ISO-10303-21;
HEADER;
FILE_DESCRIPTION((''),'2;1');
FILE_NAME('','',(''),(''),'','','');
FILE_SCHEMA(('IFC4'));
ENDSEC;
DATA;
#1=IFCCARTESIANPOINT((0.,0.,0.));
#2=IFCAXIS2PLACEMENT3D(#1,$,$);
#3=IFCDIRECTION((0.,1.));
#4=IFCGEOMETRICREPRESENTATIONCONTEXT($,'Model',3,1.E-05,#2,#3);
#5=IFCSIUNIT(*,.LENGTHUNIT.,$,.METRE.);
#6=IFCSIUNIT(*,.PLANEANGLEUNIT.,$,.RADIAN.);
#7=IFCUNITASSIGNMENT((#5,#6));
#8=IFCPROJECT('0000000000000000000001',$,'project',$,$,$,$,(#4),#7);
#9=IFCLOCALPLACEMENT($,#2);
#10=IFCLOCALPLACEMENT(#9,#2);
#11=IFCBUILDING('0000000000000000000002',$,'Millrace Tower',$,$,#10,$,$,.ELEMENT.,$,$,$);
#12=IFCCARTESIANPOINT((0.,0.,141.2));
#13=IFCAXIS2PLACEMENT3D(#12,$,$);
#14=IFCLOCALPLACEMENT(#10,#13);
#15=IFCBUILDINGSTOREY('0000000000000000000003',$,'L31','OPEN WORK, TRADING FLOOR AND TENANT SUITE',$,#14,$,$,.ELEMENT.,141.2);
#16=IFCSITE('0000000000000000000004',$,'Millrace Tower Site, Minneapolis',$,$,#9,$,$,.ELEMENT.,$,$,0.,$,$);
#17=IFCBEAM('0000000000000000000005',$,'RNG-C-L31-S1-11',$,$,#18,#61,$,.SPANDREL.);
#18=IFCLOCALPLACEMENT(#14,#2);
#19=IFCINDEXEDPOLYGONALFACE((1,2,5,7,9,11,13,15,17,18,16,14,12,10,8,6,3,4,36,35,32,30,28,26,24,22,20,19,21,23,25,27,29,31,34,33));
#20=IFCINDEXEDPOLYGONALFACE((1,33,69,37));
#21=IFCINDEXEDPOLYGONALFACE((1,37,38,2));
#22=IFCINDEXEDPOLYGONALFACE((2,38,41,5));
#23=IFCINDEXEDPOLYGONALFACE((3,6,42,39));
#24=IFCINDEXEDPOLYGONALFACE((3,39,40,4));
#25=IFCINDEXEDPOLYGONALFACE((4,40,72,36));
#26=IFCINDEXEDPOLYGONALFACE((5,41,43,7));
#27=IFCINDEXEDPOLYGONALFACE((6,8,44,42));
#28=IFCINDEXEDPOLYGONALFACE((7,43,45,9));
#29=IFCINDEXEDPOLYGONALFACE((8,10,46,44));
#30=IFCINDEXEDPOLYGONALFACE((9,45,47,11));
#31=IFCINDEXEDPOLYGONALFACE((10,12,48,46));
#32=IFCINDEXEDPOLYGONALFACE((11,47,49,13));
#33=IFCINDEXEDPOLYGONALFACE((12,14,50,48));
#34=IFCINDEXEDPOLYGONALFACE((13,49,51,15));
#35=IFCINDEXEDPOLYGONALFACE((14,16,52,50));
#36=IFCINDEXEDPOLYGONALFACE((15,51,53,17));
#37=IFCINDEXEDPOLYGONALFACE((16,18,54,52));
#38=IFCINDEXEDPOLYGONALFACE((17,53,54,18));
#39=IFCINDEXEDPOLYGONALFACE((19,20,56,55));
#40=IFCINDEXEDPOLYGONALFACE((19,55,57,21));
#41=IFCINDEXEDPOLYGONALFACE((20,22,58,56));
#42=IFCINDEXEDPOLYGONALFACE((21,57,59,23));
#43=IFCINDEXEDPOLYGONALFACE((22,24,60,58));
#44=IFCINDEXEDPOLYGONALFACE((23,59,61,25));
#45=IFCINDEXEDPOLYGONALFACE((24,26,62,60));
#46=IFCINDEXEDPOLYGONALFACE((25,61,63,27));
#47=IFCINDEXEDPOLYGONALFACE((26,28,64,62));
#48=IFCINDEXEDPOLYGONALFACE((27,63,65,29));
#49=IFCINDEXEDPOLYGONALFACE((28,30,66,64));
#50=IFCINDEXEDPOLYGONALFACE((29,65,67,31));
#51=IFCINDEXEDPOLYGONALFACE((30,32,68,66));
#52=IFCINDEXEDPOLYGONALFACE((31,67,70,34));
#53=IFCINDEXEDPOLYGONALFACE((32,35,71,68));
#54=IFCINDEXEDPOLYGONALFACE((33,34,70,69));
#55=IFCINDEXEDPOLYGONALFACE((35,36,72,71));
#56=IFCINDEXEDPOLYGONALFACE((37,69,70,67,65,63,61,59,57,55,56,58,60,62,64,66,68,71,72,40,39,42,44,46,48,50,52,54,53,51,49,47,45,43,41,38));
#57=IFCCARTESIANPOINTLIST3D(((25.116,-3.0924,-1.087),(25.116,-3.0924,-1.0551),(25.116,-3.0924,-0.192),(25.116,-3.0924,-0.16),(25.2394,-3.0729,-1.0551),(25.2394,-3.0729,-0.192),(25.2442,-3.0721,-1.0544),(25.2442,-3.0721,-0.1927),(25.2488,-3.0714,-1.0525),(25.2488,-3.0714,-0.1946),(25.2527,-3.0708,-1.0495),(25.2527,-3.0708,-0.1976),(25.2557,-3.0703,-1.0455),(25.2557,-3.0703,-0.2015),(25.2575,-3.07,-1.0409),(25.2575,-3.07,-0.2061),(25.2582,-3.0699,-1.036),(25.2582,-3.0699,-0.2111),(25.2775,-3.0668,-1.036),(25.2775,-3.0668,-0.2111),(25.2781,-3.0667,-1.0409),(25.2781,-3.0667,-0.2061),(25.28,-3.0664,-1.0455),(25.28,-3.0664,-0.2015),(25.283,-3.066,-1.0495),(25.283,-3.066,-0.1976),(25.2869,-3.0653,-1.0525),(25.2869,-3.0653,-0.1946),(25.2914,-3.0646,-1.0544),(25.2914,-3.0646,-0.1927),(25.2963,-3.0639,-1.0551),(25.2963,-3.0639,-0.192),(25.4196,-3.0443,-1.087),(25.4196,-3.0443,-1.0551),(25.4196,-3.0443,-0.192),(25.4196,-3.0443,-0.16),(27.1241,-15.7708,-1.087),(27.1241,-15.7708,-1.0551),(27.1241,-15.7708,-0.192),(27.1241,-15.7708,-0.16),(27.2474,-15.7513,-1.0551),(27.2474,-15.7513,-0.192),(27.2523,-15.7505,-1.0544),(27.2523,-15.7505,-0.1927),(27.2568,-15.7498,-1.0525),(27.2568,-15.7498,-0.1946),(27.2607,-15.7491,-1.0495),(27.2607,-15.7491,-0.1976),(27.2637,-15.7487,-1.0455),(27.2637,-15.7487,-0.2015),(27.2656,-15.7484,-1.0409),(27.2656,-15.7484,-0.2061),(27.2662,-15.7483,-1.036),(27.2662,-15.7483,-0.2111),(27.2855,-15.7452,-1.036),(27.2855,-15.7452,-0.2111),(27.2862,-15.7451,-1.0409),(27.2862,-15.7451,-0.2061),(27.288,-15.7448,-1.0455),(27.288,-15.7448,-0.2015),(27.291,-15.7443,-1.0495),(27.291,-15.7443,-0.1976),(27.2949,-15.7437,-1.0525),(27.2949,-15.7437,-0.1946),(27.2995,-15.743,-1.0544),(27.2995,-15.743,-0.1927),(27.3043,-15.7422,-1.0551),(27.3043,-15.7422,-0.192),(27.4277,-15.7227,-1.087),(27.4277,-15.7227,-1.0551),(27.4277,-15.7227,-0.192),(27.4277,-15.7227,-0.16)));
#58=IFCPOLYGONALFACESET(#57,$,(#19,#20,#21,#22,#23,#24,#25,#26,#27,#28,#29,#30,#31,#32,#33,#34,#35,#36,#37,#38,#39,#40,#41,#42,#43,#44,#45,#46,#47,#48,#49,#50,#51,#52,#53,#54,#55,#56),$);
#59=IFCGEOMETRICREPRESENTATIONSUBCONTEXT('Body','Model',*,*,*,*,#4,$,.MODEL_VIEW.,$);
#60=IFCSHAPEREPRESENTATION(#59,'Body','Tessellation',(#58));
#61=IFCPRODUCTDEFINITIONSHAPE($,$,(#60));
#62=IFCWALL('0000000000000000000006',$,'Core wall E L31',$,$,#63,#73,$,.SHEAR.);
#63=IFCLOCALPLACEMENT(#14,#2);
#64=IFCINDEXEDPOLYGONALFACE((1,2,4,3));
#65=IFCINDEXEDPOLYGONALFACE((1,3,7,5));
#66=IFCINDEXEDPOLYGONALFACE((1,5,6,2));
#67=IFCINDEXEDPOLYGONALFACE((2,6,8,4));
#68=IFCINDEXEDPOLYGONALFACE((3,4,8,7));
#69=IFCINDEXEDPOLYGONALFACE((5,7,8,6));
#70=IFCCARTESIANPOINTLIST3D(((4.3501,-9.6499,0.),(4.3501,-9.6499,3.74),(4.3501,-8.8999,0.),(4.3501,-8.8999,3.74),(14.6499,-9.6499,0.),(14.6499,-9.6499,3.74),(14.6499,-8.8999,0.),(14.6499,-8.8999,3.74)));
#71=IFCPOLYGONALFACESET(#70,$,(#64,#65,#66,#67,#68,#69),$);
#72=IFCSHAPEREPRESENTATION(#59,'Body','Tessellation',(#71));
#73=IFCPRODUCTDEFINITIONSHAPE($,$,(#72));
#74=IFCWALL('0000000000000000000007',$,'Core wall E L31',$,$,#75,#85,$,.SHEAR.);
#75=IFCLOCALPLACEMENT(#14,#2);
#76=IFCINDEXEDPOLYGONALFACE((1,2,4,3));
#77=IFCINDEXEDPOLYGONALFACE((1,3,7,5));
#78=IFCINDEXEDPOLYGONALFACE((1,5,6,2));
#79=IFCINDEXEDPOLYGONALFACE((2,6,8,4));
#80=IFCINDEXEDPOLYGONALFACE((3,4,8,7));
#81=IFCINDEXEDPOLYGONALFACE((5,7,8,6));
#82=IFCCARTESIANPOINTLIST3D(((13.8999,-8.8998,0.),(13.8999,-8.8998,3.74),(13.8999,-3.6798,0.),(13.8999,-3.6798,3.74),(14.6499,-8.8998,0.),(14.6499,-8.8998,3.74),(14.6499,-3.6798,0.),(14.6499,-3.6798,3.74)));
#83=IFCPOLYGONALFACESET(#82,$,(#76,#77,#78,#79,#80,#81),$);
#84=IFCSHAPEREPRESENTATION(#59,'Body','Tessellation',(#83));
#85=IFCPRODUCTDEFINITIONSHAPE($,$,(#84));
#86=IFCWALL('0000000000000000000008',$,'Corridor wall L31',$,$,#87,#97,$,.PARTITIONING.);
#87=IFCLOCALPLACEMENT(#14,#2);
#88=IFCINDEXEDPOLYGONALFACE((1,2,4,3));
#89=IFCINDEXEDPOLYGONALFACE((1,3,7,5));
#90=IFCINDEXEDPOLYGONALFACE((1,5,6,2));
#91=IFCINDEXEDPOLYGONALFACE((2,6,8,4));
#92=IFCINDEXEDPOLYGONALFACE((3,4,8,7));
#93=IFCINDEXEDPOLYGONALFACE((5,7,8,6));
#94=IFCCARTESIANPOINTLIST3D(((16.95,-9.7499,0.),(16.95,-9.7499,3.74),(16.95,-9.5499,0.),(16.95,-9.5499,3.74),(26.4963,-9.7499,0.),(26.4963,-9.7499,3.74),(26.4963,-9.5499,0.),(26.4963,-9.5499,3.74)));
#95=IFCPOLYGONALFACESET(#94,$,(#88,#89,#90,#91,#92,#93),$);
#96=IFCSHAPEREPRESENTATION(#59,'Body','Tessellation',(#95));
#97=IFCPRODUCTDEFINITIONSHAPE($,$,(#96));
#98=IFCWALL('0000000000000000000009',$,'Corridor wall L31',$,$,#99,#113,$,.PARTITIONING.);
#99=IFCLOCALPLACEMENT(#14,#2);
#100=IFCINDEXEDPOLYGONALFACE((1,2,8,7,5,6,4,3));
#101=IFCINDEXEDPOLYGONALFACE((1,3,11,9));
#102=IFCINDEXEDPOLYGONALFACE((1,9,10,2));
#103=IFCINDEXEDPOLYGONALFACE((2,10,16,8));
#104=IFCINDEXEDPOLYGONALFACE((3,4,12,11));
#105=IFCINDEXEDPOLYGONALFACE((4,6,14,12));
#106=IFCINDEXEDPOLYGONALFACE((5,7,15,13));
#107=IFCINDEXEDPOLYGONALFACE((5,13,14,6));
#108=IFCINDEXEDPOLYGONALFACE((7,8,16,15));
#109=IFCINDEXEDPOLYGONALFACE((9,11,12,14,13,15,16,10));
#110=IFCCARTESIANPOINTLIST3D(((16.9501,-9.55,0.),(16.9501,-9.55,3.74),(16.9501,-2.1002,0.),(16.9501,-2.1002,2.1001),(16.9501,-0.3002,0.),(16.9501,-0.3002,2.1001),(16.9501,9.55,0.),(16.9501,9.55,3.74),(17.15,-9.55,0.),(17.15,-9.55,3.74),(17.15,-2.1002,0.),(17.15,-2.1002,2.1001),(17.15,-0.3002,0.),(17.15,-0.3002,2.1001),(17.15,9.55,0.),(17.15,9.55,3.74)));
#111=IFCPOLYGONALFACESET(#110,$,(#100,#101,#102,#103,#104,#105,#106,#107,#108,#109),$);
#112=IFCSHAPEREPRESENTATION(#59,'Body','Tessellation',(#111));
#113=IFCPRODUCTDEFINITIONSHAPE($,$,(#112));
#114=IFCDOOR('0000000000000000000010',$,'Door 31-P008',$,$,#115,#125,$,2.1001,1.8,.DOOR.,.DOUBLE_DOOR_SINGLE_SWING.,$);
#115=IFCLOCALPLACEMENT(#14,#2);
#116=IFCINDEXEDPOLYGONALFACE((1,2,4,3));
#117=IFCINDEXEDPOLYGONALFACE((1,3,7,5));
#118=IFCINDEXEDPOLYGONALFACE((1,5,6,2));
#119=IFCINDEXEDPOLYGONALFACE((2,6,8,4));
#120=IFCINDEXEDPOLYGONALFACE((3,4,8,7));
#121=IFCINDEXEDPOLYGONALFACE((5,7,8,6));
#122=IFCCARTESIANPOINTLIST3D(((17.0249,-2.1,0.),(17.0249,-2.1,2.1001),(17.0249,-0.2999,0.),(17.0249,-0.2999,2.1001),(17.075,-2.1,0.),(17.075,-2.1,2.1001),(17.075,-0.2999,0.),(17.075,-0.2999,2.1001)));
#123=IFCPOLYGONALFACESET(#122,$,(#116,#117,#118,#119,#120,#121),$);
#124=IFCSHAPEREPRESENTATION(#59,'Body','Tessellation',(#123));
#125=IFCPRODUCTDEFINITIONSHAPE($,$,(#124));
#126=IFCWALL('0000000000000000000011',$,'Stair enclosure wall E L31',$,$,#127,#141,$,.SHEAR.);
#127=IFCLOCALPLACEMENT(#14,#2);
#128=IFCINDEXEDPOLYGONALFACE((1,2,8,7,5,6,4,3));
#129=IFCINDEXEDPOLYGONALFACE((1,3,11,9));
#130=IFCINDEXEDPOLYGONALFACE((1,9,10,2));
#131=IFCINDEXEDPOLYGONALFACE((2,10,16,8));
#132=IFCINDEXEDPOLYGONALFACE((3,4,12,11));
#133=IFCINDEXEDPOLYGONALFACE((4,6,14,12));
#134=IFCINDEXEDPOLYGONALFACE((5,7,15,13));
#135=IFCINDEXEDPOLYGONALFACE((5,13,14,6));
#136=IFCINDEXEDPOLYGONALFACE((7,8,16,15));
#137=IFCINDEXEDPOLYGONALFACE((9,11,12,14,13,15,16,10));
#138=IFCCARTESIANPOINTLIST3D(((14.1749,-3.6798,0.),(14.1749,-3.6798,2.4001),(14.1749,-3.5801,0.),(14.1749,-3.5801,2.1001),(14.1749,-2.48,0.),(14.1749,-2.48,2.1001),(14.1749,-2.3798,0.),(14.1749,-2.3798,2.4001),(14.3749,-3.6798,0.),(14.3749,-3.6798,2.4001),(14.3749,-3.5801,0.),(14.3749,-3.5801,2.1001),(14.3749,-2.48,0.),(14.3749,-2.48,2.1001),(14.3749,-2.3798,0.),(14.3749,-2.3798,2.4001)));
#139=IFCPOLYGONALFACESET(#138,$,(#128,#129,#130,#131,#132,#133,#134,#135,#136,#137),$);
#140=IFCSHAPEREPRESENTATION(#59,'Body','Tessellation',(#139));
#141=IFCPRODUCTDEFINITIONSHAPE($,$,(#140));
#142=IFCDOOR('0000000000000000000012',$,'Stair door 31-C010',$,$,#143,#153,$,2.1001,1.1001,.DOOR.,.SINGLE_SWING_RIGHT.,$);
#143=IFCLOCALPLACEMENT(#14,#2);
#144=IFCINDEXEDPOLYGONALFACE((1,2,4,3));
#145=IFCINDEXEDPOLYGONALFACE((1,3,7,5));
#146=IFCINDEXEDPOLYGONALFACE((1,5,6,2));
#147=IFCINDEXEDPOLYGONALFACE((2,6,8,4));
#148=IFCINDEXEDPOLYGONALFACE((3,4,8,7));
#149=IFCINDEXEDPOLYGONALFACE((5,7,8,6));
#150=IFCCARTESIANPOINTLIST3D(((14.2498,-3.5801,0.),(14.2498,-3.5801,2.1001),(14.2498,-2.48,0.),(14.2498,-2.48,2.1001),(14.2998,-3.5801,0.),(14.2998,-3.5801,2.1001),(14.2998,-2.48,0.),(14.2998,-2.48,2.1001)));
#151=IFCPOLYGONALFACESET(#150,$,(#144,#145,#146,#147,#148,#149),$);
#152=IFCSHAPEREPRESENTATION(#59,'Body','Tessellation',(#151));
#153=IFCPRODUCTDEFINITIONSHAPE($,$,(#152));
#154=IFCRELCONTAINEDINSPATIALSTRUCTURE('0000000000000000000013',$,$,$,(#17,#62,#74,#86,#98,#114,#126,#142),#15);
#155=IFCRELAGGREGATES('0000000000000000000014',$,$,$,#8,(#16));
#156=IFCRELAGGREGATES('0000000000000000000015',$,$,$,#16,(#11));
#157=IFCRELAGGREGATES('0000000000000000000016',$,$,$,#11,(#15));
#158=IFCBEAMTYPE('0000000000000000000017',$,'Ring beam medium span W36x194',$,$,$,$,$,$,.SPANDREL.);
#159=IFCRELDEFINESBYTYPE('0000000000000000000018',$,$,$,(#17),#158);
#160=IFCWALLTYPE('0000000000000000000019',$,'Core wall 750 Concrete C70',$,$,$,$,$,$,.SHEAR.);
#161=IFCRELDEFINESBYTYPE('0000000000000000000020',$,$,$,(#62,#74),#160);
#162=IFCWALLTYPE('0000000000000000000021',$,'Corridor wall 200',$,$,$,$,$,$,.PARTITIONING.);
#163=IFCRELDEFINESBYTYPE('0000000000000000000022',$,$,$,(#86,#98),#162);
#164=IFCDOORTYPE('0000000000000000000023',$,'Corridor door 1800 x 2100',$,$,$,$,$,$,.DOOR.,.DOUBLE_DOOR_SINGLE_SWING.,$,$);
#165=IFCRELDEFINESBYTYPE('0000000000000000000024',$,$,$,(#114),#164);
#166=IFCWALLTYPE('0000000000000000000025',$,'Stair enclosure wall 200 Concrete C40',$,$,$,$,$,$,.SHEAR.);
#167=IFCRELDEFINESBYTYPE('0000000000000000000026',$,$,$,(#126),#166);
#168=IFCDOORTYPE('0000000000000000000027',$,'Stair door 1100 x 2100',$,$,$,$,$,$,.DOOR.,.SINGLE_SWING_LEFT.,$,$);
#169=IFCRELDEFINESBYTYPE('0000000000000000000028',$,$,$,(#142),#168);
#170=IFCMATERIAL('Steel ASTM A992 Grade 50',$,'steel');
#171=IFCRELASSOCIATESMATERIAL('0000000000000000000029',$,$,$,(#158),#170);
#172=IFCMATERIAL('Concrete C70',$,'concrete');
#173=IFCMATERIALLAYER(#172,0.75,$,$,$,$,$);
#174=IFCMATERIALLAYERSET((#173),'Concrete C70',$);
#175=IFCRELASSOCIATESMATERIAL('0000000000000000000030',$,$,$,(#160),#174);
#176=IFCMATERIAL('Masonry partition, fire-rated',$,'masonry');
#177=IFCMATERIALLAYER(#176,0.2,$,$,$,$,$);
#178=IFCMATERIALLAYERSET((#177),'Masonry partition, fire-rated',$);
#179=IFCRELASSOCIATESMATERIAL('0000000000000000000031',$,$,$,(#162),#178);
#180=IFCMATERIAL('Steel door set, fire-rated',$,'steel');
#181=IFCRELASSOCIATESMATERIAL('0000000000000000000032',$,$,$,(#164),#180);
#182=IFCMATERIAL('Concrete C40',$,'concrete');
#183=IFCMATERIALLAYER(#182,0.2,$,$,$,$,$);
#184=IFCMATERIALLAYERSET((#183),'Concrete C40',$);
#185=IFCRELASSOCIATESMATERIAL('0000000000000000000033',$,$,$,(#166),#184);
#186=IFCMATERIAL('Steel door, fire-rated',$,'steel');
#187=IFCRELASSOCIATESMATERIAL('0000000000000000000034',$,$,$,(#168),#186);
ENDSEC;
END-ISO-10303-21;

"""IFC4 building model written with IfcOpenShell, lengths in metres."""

from ifc_helpers import new_model, si_unit, direction, frame, frame_2d, origin, origin_2d, place, context, subcontext, project, spatial, rectangle, i_section, extrude, material, layer, layer_set, material_profile, profile_set, type_object, element, fill, save


model = new_model("IFC4")

# Units and contexts
model_context = context("Model", 3, precision=1e-05, world=origin(), true_north=direction((0.0, 1.0)))
body_context = subcontext(model_context, "Body", "Model", "MODEL_VIEW")
ifc_project = project(units=[si_unit("LENGTHUNIT", "METRE"), si_unit("PLANEANGLEUNIT", "RADIAN")], contexts=[model_context])

# Site, building, storey
site_placement = place(None, origin())
site = spatial("IfcSite", under=ifc_project, at=site_placement, Name="Millrace Tower Site, Minneapolis", CompositionType="ELEMENT", RefElevation=0.0)
building_placement = place(site_placement, origin())
building = spatial("IfcBuilding", under=site, at=building_placement, Name="Millrace Tower", CompositionType="ELEMENT")
storey_placement = place(building_placement, frame((0.0, 0.0, 141.2)))
storey = spatial("IfcBuildingStorey", under=building, at=storey_placement, Name="L31", Description="OPEN WORK, TRADING FLOOR AND TENANT SUITE", CompositionType="ELEMENT", Elevation=141.2)

# Beam
ifc_material_1 = material(Name="Steel ASTM A992 Grade 50", Category="steel")
ifc_material_profile_1 = material_profile(ifc_material_1, i_section(OverallWidth=0.3074, OverallDepth=0.927, WebThickness=0.0195, FlangeThickness=0.032, FilletRadius=0.019, at=origin_2d()))
ifc_profile_set_1 = profile_set([ifc_material_profile_1], Name="Steel ASTM A992 Grade 50")
beam_type_1 = type_object("IfcBeamType", Name="Ring beam medium span W36x194", PredefinedType="SPANDREL", material=ifc_profile_set_1)
beam_1_placement = place(storey_placement, frame((25.2678, -3.0684, -0.6235), z_axis=(0.156433, -0.987689, 0.0), x_axis=(0.987689, 0.156433, 0.0)))
element("IfcBeam", 1, at=beam_1_placement, inside=storey, type_object=beam_type_1, Name="RNG-C-L31-S1-11", PredefinedType="SPANDREL", context=body_context, shape_type="SweptSolid", body=[
    extrude(i_section(OverallWidth=0.3074, OverallDepth=0.927, WebThickness=0.0195, FlangeThickness=0.032, FilletRadius=0.019, at=origin_2d()), origin(), (0.0, 0.0, 1.0), 12.8364),
])

# Walls
ifc_material_2 = material(Name="Concrete C70", Category="concrete")
ifc_layer_1 = layer(ifc_material_2, 0.75)
ifc_layer_set_1 = layer_set([ifc_layer_1], Name="Concrete C70")
wall_type_1 = type_object("IfcWallType", Name="Core wall 750 Concrete C70", PredefinedType="SHEAR", material=ifc_layer_set_1)
wall_1_placement = place(storey_placement, frame((14.6499, -9.2749, 0.0), z_axis=(0.0, 0.0, 1.0), x_axis=(-1.0, 0.0, 0.0)))
element("IfcWall", 2, at=wall_1_placement, inside=storey, type_object=wall_type_1, Name="Core wall E L31", PredefinedType="SHEAR", context=body_context, shape_type="SweptSolid", body=[
    extrude(rectangle(XDim=10.2998, YDim=0.75, at=frame_2d((5.1499, 0.0))), origin(), (0.0, 0.0, 1.0), 3.74),
])
wall_2_placement = place(storey_placement, frame((14.2749, -3.6799, 0.0), z_axis=(0.0, 0.0, 1.0), x_axis=(0.0, -1.0, 0.0)))
element("IfcWall", 3, at=wall_2_placement, inside=storey, type_object=wall_type_1, Name="Core wall E L31", PredefinedType="SHEAR", context=body_context, shape_type="SweptSolid", body=[
    extrude(rectangle(XDim=5.22, YDim=0.75, at=frame_2d((2.6099, 0.0))), origin(), (0.0, 0.0, 1.0), 3.74),
])
ifc_material_3 = material(Name="Masonry partition, fire-rated", Category="masonry")
ifc_layer_2 = layer(ifc_material_3, 0.2)
ifc_layer_set_2 = layer_set([ifc_layer_2], Name="Masonry partition, fire-rated")
wall_type_2 = type_object("IfcWallType", Name="Corridor wall 200", PredefinedType="PARTITIONING", material=ifc_layer_set_2)
wall_3_placement = place(storey_placement, frame((16.95, -9.6499, 0.0), z_axis=(0.0, 0.0, 1.0), x_axis=(1.0, 0.0, 0.0)))
element("IfcWall", 4, at=wall_3_placement, inside=storey, type_object=wall_type_2, Name="Corridor wall L31", PredefinedType="PARTITIONING", context=body_context, shape_type="SweptSolid", body=[
    extrude(rectangle(XDim=9.5464, YDim=0.2, at=frame_2d((4.7732, 0.0))), origin(), (0.0, 0.0, 1.0), 3.74),
])

# Walls, openings, doors
wall_4_placement = place(storey_placement, frame((17.05, -9.55, 0.0), z_axis=(0.0, 0.0, 1.0), x_axis=(0.0, 1.0, 0.0)))
wall_4 = element("IfcWall", 5, at=wall_4_placement, inside=storey, type_object=wall_type_2, Name="Corridor wall L31", PredefinedType="PARTITIONING", context=body_context, shape_type="SweptSolid", body=[
    extrude(rectangle(XDim=19.1001, YDim=0.2, at=frame_2d((9.55, 0.0))), origin(), (0.0, 0.0, 1.0), 3.74),
])
opening_1_placement = place(wall_4_placement, frame((7.45, 0.0, 0.0)))
opening_1 = element("IfcOpeningElement", 6, at=opening_1_placement, cuts=wall_4, PredefinedType="OPENING", context=body_context, shape_type="SweptSolid", body=[
    extrude(rectangle(XDim=1.8, YDim=2.1001, at=frame_2d((0.8999, 1.05))), frame((0.0, 0.1099, 0.0), z_axis=(0.0, -1.0, 0.0), x_axis=(1.0, 0.0, 0.0)), (0.0, 0.0, 1.0), 0.22),
])
ifc_material_4 = material(Name="Steel door set, fire-rated", Category="steel")
door_type_1 = type_object("IfcDoorType", Name="Corridor door 1800 x 2100", OperationType="DOUBLE_DOOR_SINGLE_SWING", PredefinedType="DOOR", material=ifc_material_4)
door_1_placement = place(opening_1_placement, frame((1.8, 0.0, 0.0), z_axis=(0.0, 0.0, 1.0), x_axis=(-1.0, 0.0, 0.0)))
door_1 = element("IfcDoor", 7, at=door_1_placement, inside=storey, type_object=door_type_1, Name="Door 31-P008", OperationType="DOUBLE_DOOR_SINGLE_SWING", OverallHeight=2.1001, OverallWidth=1.8, PredefinedType="DOOR", context=body_context, shape_type="SweptSolid", body=[
    extrude(rectangle(XDim=1.8, YDim=2.1001, at=frame_2d((0.8999, 1.05))), frame((0.0, 0.0249, 0.0), z_axis=(0.0, -1.0, 0.0), x_axis=(1.0, 0.0, 0.0)), (0.0, 0.0, 1.0), 0.05),
])
fill(opening_1, door_1)
ifc_material_5 = material(Name="Concrete C40", Category="concrete")
ifc_layer_3 = layer(ifc_material_5, 0.2)
ifc_layer_set_3 = layer_set([ifc_layer_3], Name="Concrete C40")
wall_type_3 = type_object("IfcWallType", Name="Stair enclosure wall 200 Concrete C40", PredefinedType="SHEAR", material=ifc_layer_set_3)
wall_5_placement = place(storey_placement, frame((14.2749, -2.3799, 0.0), z_axis=(0.0, 0.0, 1.0), x_axis=(0.0, -1.0, 0.0)))
wall_5 = element("IfcWall", 8, at=wall_5_placement, inside=storey, type_object=wall_type_3, Name="Stair enclosure wall E L31", PredefinedType="SHEAR", context=body_context, shape_type="SweptSolid", body=[
    extrude(rectangle(XDim=1.3, YDim=0.2, at=frame_2d((0.6499, 0.0))), origin(), (0.0, 0.0, 1.0), 2.4001),
])
opening_2_placement = place(wall_5_placement, frame((0.1001, 0.0, 0.0)))
opening_2 = element("IfcOpeningElement", 9, at=opening_2_placement, cuts=wall_5, PredefinedType="OPENING", context=body_context, shape_type="SweptSolid", body=[
    extrude(rectangle(XDim=1.1001, YDim=2.1001, at=frame_2d((0.55, 1.05))), frame((0.0, 0.1099, 0.0), z_axis=(0.0, -1.0, 0.0), x_axis=(1.0, 0.0, 0.0)), (0.0, 0.0, 1.0), 0.22),
])
ifc_material_6 = material(Name="Steel door, fire-rated", Category="steel")
door_type_2 = type_object("IfcDoorType", Name="Stair door 1100 x 2100", OperationType="SINGLE_SWING_LEFT", PredefinedType="DOOR", material=ifc_material_6)
door_2_placement = place(opening_2_placement, origin())
door_2 = element("IfcDoor", 10, at=door_2_placement, inside=storey, type_object=door_type_2, Name="Stair door 31-C010", OperationType="SINGLE_SWING_RIGHT", OverallHeight=2.1001, OverallWidth=1.1001, PredefinedType="DOOR", context=body_context, shape_type="SweptSolid", body=[
    extrude(rectangle(XDim=1.1001, YDim=2.1001, at=frame_2d((0.55, 1.05))), frame((0.0, 0.0249, 0.0), z_axis=(0.0, -1.0, 0.0), x_axis=(1.0, 0.0, 0.0)), (0.0, 0.0, 1.0), 0.05),
])
fill(opening_2, door_2)

save(model, "model.ifc")
